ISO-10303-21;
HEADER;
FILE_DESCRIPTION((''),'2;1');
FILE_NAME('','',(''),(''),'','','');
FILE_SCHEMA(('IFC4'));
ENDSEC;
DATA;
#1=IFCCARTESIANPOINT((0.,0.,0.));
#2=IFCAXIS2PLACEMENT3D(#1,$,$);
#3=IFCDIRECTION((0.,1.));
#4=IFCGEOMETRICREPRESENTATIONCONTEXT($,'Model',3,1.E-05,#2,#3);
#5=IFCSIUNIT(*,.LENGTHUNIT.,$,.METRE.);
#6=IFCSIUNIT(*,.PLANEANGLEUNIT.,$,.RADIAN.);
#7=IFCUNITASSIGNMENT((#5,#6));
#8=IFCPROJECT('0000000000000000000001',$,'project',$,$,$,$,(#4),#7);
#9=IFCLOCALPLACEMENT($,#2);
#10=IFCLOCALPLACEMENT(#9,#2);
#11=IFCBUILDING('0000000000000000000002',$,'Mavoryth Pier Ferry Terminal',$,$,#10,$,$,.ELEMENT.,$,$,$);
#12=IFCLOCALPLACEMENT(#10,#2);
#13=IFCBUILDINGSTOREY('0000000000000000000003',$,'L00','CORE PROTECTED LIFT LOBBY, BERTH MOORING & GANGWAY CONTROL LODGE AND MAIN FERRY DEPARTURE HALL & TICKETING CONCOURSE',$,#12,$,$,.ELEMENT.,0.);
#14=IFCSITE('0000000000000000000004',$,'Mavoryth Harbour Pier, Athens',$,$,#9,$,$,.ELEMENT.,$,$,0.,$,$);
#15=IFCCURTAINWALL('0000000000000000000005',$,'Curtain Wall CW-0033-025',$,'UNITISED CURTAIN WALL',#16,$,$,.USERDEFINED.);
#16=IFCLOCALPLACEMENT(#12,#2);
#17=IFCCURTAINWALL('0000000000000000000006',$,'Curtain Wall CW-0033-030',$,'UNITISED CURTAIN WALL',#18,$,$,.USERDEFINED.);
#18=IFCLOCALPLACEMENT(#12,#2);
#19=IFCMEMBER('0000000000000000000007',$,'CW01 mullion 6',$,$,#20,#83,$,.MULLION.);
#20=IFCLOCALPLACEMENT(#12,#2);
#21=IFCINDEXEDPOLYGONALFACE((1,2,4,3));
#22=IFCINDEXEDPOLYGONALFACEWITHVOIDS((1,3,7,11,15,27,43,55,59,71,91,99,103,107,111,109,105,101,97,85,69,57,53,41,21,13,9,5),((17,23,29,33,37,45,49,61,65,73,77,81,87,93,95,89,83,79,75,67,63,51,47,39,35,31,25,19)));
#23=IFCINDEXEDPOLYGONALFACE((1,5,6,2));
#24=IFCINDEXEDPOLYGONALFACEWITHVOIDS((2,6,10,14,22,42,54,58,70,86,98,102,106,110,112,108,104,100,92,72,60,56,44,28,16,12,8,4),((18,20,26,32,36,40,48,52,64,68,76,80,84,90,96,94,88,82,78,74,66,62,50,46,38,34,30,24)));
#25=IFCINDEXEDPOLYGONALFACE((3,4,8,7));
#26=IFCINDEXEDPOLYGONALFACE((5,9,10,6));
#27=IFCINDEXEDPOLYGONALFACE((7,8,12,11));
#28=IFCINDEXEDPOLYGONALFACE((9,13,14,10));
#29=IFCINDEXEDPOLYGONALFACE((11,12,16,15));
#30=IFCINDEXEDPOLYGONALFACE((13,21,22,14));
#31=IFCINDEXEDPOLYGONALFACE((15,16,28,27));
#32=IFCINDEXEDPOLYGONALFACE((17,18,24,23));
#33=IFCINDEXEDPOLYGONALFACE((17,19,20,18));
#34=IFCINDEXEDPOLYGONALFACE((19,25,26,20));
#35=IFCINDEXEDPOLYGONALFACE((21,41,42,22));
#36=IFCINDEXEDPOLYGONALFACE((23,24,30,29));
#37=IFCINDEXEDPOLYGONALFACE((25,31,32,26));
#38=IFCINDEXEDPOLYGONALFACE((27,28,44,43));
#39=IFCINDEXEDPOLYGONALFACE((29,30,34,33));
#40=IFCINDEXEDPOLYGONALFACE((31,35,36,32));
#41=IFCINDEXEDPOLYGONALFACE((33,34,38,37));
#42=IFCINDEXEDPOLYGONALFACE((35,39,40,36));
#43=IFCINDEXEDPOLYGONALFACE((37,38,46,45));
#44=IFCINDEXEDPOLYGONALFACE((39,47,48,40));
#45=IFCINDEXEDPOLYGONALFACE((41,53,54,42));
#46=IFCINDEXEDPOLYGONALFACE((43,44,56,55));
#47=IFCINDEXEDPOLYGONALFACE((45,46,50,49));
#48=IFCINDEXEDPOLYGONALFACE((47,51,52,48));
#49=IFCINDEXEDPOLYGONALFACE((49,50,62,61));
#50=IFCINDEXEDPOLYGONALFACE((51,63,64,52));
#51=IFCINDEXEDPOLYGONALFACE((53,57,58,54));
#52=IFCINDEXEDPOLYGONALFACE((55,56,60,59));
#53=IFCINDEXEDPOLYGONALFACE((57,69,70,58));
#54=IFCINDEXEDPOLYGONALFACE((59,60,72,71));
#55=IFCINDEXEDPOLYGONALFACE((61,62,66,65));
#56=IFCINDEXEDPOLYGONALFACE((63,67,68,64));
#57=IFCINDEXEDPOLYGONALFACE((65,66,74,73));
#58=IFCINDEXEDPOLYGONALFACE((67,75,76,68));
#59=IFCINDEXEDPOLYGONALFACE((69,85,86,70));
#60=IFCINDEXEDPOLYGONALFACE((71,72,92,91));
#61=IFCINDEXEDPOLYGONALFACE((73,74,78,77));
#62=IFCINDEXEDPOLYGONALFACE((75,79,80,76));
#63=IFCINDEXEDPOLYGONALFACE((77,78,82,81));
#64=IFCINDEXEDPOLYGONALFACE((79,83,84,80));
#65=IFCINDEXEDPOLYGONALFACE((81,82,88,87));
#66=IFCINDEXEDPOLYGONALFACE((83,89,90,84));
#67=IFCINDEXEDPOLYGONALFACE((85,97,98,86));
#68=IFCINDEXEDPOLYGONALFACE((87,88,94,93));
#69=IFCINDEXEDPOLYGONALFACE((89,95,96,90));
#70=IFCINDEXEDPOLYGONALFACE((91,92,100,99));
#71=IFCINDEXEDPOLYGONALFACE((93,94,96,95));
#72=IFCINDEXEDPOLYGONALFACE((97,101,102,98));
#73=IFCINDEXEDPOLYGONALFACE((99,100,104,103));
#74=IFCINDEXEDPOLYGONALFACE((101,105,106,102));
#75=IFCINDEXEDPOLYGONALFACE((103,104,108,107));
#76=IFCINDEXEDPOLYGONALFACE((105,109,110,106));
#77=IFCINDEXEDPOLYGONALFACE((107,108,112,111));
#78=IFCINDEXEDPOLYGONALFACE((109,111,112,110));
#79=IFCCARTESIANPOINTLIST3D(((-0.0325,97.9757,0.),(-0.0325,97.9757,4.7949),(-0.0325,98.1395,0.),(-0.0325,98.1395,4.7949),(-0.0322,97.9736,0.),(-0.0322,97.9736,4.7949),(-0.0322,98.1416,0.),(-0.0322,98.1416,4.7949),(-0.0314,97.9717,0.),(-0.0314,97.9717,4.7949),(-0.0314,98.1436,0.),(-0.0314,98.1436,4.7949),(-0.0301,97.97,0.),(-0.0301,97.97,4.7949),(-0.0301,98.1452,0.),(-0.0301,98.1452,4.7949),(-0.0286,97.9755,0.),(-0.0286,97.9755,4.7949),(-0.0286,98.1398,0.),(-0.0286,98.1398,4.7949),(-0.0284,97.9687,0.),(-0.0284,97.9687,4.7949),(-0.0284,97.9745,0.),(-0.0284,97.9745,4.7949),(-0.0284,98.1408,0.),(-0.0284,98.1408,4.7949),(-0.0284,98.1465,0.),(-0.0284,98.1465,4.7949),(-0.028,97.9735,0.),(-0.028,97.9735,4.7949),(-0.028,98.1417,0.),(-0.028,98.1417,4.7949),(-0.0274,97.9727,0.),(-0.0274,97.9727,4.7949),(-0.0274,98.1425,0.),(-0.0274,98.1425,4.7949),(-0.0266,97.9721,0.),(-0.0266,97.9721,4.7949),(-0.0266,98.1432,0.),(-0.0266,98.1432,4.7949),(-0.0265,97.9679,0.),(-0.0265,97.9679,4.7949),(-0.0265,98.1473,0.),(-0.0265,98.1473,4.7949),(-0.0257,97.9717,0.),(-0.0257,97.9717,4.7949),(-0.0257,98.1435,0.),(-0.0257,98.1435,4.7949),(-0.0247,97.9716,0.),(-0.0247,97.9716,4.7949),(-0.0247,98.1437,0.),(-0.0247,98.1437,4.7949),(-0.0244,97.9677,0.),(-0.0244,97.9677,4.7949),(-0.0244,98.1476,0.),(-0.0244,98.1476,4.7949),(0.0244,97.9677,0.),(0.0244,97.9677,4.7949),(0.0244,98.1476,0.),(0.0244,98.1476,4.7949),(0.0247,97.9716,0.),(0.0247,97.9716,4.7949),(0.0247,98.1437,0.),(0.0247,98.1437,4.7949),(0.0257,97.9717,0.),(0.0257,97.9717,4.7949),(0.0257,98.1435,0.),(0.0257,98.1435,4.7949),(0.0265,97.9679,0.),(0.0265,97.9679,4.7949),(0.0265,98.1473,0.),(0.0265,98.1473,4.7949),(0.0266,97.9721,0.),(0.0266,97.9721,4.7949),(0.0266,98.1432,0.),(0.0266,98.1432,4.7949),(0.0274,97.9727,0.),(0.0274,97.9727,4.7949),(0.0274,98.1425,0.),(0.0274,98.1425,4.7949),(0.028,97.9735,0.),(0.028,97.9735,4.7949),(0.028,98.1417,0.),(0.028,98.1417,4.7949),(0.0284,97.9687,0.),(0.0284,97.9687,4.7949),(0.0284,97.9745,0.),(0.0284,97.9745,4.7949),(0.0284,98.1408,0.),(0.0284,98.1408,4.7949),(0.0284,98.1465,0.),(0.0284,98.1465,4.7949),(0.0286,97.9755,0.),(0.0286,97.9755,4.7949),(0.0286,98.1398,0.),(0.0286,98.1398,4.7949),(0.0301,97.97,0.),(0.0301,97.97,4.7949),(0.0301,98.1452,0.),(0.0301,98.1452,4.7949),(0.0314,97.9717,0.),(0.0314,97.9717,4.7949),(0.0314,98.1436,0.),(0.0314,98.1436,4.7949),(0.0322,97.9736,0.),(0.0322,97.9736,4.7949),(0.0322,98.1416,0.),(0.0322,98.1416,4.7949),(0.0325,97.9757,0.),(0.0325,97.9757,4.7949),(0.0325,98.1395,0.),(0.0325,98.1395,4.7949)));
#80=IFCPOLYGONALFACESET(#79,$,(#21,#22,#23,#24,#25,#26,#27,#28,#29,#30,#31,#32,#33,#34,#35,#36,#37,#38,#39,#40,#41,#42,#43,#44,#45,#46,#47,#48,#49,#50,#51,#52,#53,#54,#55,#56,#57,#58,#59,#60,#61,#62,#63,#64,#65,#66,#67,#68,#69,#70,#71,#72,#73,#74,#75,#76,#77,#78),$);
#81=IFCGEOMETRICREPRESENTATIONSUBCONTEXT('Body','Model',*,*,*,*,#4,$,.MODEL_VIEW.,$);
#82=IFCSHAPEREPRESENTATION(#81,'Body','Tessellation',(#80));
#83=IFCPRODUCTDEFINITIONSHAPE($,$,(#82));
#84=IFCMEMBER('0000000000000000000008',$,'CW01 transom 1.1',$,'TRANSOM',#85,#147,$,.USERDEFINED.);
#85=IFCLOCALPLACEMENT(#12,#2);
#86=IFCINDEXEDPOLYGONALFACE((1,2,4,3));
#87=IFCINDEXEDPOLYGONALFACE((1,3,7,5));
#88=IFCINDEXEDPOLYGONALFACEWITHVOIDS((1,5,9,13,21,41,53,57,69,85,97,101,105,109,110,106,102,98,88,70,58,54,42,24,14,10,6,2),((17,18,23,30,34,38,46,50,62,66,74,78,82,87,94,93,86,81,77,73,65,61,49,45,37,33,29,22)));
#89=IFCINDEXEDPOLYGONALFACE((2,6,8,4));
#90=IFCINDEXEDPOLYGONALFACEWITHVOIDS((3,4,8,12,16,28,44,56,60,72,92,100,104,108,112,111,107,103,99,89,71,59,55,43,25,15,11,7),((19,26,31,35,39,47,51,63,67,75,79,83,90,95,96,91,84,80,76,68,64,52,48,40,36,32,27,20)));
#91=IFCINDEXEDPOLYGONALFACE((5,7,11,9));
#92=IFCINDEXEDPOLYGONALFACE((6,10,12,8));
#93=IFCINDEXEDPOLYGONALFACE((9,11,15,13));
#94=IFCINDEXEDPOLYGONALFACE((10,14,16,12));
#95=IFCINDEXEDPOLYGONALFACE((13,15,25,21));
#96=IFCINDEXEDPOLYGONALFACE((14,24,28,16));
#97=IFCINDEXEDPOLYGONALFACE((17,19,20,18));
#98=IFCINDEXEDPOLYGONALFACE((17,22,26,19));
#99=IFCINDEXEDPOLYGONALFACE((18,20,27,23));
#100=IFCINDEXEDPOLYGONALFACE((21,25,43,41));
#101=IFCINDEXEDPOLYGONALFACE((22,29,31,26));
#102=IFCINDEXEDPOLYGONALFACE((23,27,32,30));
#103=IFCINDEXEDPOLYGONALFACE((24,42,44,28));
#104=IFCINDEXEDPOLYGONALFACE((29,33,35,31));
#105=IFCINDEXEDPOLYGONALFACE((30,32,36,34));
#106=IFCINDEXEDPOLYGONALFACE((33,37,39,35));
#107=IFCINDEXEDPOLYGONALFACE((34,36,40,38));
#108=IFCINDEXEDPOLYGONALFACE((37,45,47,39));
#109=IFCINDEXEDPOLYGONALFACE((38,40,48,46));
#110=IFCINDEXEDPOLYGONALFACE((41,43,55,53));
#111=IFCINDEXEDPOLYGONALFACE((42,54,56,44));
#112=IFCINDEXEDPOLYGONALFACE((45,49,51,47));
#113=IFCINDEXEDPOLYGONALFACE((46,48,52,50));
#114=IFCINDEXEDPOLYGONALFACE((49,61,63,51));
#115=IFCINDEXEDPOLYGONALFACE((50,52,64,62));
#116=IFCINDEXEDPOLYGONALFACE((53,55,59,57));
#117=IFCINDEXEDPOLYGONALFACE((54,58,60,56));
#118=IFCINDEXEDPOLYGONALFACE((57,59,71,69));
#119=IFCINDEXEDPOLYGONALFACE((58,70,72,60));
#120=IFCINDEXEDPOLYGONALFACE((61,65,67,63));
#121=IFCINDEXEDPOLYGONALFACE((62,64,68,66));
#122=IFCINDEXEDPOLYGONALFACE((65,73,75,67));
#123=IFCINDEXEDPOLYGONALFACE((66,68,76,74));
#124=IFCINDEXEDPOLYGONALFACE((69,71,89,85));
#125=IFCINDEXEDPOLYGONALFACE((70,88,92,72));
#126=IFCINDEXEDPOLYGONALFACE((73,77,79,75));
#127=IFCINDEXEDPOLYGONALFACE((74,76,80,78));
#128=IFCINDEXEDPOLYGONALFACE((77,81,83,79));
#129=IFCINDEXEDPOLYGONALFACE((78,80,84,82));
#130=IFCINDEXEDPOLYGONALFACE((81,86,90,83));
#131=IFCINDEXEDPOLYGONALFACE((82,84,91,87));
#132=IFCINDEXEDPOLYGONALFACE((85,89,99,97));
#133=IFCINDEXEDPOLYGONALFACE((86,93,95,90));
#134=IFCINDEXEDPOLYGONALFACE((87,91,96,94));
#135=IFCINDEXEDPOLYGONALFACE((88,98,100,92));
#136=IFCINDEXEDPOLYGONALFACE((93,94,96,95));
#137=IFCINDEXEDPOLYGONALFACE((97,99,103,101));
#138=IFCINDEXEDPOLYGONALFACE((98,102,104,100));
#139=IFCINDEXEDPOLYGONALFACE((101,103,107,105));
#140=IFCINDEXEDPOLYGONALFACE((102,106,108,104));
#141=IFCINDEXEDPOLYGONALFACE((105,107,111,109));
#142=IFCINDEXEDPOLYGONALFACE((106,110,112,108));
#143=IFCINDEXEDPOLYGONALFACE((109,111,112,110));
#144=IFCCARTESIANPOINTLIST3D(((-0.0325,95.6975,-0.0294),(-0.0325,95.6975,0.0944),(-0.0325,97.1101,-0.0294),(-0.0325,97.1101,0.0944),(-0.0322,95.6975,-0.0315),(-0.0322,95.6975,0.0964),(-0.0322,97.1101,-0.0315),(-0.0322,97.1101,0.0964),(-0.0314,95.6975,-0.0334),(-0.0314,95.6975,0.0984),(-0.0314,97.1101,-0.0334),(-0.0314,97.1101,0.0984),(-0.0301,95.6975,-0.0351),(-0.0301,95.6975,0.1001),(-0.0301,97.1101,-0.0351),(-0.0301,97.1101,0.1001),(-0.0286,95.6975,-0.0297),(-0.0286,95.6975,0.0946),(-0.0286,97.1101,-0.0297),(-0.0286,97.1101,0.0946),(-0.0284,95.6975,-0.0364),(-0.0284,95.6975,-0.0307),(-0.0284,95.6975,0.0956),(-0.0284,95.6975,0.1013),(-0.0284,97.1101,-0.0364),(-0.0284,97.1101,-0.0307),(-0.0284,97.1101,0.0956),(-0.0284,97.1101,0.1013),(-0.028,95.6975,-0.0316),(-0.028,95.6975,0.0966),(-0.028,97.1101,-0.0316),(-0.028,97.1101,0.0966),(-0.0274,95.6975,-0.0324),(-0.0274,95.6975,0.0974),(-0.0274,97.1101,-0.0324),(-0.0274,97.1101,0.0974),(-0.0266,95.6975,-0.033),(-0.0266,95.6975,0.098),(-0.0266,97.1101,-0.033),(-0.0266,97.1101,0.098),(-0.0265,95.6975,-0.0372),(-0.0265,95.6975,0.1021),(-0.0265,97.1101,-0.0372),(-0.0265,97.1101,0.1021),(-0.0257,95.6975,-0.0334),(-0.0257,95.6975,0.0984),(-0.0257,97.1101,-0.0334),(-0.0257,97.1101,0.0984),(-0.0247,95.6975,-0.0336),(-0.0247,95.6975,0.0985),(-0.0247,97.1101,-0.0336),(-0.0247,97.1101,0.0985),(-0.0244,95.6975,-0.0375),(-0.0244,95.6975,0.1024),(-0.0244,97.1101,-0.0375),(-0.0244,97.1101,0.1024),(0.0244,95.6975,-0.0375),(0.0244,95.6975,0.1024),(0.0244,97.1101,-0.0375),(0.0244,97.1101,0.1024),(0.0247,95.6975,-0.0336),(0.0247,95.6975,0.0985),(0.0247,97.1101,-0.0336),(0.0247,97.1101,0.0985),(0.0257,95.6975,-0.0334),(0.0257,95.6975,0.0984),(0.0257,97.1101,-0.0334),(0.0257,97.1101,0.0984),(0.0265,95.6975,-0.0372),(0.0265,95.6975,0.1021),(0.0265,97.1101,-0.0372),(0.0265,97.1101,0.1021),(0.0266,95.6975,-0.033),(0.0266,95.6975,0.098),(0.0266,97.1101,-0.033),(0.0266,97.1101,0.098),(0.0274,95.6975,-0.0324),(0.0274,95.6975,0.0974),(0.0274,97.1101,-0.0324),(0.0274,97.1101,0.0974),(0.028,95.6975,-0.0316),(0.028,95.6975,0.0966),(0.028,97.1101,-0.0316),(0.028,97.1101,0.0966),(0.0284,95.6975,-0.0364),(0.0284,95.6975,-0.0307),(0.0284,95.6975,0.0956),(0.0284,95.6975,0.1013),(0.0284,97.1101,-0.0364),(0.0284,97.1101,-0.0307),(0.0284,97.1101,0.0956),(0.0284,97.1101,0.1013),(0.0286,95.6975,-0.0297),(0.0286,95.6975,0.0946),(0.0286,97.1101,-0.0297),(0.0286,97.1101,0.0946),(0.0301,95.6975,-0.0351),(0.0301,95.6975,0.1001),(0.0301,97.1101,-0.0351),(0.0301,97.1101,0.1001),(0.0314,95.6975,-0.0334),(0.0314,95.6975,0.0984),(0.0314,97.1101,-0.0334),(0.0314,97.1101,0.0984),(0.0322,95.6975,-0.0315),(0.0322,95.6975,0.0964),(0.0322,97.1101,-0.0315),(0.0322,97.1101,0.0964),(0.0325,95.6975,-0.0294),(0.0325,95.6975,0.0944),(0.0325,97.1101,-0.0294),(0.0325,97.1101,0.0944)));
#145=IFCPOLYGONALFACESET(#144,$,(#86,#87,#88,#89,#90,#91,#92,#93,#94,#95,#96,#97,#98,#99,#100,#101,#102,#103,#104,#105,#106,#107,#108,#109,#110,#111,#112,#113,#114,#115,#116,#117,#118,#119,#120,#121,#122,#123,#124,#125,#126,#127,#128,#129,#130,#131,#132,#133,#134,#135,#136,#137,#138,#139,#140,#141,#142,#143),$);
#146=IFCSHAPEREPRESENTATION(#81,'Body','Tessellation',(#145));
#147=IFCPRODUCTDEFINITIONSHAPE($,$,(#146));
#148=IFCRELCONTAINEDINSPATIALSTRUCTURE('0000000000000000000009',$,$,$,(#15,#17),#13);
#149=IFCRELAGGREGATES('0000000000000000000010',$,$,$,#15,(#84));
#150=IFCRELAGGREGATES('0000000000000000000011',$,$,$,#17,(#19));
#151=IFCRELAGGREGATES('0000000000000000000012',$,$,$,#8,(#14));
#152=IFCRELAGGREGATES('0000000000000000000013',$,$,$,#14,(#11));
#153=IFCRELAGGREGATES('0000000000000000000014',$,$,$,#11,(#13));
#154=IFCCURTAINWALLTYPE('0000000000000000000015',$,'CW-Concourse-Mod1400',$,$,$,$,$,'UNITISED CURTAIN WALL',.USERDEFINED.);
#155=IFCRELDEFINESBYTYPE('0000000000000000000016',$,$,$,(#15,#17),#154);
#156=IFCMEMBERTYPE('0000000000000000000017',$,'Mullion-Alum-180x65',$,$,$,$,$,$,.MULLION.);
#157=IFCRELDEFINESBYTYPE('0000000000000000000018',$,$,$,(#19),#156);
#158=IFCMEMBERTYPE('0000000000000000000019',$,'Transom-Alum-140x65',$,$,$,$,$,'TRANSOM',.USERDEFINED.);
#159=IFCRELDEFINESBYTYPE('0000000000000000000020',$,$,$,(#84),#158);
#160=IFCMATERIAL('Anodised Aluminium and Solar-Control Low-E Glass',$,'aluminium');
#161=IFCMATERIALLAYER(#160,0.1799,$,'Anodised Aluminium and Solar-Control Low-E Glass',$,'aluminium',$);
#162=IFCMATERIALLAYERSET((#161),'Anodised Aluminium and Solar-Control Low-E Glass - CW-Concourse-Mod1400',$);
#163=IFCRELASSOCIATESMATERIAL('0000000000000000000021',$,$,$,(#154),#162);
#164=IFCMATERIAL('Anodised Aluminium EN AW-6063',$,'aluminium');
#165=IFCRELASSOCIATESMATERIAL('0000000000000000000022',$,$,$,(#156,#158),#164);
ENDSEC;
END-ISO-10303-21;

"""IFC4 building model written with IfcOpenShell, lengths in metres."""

from ifc_helpers import new_model, si_unit, direction, frame, origin, origin_2d, place, context, subcontext, project, spatial, hollow_rectangle, extrude, material, layer, layer_set, material_profile, profile_set, type_object, element, aggregate, save


model = new_model("IFC4")

# Units and contexts
model_context = context("Model", 3, precision=1e-05, world=origin(), true_north=direction((0.0, 1.0)))
body_context = subcontext(model_context, "Body", "Model", "MODEL_VIEW")
ifc_project = project(units=[si_unit("LENGTHUNIT", "METRE"), si_unit("PLANEANGLEUNIT", "RADIAN")], contexts=[model_context])

# Site, building, storey
site_placement = place(None, origin())
site = spatial("IfcSite", under=ifc_project, at=site_placement, Name="Mavoryth Harbour Pier, Athens", CompositionType="ELEMENT", RefElevation=0.0)
building_placement = place(site_placement, origin())
building = spatial("IfcBuilding", under=site, at=building_placement, Name="Mavoryth Pier Ferry Terminal", CompositionType="ELEMENT")
storey_placement = place(building_placement, origin())
storey = spatial("IfcBuildingStorey", under=building, at=storey_placement, Name="L00", Description="CORE PROTECTED LIFT LOBBY, BERTH MOORING & GANGWAY CONTROL LODGE AND MAIN FERRY DEPARTURE HALL & TICKETING CONCOURSE", CompositionType="ELEMENT", Elevation=0.0)

# Curtain walls, member
ifc_material_1 = material(Name="Anodised Aluminium and Solar-Control Low-E Glass", Category="aluminium")
ifc_layer_1 = layer(ifc_material_1, 0.1799, Name="Anodised Aluminium and Solar-Control Low-E Glass", Category="aluminium")
ifc_layer_set_1 = layer_set([ifc_layer_1], Name="Anodised Aluminium and Solar-Control Low-E Glass - CW-Concourse-Mod1400")
curtain_wall_type = type_object("IfcCurtainWallType", Name="CW-Concourse-Mod1400", ElementType="UNITISED CURTAIN WALL", PredefinedType="USERDEFINED", material=ifc_layer_set_1)
curtain_wall_1_placement = place(storey_placement, origin())
curtain_wall_1 = element("IfcCurtainWall", 1, at=curtain_wall_1_placement, inside=storey, type_object=curtain_wall_type, Name="Curtain Wall CW-0033-025", ObjectType="UNITISED CURTAIN WALL", PredefinedType="USERDEFINED")
ifc_material_2 = material(Name="Anodised Aluminium EN AW-6063", Category="aluminium")
ifc_material_profile_1 = material_profile(ifc_material_2, hollow_rectangle(XDim=0.0649, YDim=0.1799, WallThickness=0.0039, InnerFilletRadius=0.0039, OuterFilletRadius=0.0081, at=origin_2d()), Name="AL-MULL 180x65x4", Category="aluminium")
ifc_profile_set_1 = profile_set([ifc_material_profile_1], Name="Anodised Aluminium EN AW-6063 - AL-MULL 180x65x4")
member_type_1 = type_object("IfcMemberType", Name="Mullion-Alum-180x65", PredefinedType="MULLION", material=ifc_profile_set_1)
curtain_wall_2_placement = place(storey_placement, origin())
curtain_wall_2 = element("IfcCurtainWall", 2, at=curtain_wall_2_placement, inside=storey, type_object=curtain_wall_type, Name="Curtain Wall CW-0033-030", ObjectType="UNITISED CURTAIN WALL", PredefinedType="USERDEFINED")
member_1_placement = place(storey_placement, frame((0.0, 98.0576, 0.0), z_axis=(0.0, 0.0, 1.0), x_axis=(1.0, 0.0, 0.0)))
member_1 = element("IfcMember", 3, at=member_1_placement, type_object=member_type_1, Name="CW01 mullion 6", PredefinedType="MULLION", context=body_context, shape_type="SweptSolid", body=[
    extrude(hollow_rectangle(XDim=0.0649, YDim=0.1799, WallThickness=0.0039, InnerFilletRadius=0.0039, OuterFilletRadius=0.0081, at=origin_2d()), origin(), (0.0, 0.0, 1.0), 4.7949),
])

# Member
ifc_material_profile_2 = material_profile(ifc_material_2, hollow_rectangle(XDim=0.0649, YDim=0.1399, WallThickness=0.0039, InnerFilletRadius=0.0039, OuterFilletRadius=0.0081, at=origin_2d()), Name="AL-TRAN 140x65x4", Category="aluminium")
ifc_profile_set_2 = profile_set([ifc_material_profile_2], Name="Anodised Aluminium EN AW-6063 - AL-TRAN 140x65x4")
member_type_2 = type_object("IfcMemberType", Name="Transom-Alum-140x65", ElementType="TRANSOM", PredefinedType="USERDEFINED", material=ifc_profile_set_2)
member_2_placement = place(storey_placement, frame((0.0, 97.1101, 0.0325), z_axis=(0.0, -1.0, 0.0), x_axis=(1.0, 0.0, 0.0)))
member_2 = element("IfcMember", 4, at=member_2_placement, type_object=member_type_2, Name="CW01 transom 1.1", ObjectType="TRANSOM", PredefinedType="USERDEFINED", context=body_context, shape_type="SweptSolid", body=[
    extrude(hollow_rectangle(XDim=0.0649, YDim=0.1399, WallThickness=0.0039, InnerFilletRadius=0.0039, OuterFilletRadius=0.0081, at=origin_2d()), origin(), (0.0, 0.0, 1.0), 1.4126),
])

aggregate(curtain_wall_1, [member_2])
aggregate(curtain_wall_2, [member_1])

save(model, "model.ifc")
